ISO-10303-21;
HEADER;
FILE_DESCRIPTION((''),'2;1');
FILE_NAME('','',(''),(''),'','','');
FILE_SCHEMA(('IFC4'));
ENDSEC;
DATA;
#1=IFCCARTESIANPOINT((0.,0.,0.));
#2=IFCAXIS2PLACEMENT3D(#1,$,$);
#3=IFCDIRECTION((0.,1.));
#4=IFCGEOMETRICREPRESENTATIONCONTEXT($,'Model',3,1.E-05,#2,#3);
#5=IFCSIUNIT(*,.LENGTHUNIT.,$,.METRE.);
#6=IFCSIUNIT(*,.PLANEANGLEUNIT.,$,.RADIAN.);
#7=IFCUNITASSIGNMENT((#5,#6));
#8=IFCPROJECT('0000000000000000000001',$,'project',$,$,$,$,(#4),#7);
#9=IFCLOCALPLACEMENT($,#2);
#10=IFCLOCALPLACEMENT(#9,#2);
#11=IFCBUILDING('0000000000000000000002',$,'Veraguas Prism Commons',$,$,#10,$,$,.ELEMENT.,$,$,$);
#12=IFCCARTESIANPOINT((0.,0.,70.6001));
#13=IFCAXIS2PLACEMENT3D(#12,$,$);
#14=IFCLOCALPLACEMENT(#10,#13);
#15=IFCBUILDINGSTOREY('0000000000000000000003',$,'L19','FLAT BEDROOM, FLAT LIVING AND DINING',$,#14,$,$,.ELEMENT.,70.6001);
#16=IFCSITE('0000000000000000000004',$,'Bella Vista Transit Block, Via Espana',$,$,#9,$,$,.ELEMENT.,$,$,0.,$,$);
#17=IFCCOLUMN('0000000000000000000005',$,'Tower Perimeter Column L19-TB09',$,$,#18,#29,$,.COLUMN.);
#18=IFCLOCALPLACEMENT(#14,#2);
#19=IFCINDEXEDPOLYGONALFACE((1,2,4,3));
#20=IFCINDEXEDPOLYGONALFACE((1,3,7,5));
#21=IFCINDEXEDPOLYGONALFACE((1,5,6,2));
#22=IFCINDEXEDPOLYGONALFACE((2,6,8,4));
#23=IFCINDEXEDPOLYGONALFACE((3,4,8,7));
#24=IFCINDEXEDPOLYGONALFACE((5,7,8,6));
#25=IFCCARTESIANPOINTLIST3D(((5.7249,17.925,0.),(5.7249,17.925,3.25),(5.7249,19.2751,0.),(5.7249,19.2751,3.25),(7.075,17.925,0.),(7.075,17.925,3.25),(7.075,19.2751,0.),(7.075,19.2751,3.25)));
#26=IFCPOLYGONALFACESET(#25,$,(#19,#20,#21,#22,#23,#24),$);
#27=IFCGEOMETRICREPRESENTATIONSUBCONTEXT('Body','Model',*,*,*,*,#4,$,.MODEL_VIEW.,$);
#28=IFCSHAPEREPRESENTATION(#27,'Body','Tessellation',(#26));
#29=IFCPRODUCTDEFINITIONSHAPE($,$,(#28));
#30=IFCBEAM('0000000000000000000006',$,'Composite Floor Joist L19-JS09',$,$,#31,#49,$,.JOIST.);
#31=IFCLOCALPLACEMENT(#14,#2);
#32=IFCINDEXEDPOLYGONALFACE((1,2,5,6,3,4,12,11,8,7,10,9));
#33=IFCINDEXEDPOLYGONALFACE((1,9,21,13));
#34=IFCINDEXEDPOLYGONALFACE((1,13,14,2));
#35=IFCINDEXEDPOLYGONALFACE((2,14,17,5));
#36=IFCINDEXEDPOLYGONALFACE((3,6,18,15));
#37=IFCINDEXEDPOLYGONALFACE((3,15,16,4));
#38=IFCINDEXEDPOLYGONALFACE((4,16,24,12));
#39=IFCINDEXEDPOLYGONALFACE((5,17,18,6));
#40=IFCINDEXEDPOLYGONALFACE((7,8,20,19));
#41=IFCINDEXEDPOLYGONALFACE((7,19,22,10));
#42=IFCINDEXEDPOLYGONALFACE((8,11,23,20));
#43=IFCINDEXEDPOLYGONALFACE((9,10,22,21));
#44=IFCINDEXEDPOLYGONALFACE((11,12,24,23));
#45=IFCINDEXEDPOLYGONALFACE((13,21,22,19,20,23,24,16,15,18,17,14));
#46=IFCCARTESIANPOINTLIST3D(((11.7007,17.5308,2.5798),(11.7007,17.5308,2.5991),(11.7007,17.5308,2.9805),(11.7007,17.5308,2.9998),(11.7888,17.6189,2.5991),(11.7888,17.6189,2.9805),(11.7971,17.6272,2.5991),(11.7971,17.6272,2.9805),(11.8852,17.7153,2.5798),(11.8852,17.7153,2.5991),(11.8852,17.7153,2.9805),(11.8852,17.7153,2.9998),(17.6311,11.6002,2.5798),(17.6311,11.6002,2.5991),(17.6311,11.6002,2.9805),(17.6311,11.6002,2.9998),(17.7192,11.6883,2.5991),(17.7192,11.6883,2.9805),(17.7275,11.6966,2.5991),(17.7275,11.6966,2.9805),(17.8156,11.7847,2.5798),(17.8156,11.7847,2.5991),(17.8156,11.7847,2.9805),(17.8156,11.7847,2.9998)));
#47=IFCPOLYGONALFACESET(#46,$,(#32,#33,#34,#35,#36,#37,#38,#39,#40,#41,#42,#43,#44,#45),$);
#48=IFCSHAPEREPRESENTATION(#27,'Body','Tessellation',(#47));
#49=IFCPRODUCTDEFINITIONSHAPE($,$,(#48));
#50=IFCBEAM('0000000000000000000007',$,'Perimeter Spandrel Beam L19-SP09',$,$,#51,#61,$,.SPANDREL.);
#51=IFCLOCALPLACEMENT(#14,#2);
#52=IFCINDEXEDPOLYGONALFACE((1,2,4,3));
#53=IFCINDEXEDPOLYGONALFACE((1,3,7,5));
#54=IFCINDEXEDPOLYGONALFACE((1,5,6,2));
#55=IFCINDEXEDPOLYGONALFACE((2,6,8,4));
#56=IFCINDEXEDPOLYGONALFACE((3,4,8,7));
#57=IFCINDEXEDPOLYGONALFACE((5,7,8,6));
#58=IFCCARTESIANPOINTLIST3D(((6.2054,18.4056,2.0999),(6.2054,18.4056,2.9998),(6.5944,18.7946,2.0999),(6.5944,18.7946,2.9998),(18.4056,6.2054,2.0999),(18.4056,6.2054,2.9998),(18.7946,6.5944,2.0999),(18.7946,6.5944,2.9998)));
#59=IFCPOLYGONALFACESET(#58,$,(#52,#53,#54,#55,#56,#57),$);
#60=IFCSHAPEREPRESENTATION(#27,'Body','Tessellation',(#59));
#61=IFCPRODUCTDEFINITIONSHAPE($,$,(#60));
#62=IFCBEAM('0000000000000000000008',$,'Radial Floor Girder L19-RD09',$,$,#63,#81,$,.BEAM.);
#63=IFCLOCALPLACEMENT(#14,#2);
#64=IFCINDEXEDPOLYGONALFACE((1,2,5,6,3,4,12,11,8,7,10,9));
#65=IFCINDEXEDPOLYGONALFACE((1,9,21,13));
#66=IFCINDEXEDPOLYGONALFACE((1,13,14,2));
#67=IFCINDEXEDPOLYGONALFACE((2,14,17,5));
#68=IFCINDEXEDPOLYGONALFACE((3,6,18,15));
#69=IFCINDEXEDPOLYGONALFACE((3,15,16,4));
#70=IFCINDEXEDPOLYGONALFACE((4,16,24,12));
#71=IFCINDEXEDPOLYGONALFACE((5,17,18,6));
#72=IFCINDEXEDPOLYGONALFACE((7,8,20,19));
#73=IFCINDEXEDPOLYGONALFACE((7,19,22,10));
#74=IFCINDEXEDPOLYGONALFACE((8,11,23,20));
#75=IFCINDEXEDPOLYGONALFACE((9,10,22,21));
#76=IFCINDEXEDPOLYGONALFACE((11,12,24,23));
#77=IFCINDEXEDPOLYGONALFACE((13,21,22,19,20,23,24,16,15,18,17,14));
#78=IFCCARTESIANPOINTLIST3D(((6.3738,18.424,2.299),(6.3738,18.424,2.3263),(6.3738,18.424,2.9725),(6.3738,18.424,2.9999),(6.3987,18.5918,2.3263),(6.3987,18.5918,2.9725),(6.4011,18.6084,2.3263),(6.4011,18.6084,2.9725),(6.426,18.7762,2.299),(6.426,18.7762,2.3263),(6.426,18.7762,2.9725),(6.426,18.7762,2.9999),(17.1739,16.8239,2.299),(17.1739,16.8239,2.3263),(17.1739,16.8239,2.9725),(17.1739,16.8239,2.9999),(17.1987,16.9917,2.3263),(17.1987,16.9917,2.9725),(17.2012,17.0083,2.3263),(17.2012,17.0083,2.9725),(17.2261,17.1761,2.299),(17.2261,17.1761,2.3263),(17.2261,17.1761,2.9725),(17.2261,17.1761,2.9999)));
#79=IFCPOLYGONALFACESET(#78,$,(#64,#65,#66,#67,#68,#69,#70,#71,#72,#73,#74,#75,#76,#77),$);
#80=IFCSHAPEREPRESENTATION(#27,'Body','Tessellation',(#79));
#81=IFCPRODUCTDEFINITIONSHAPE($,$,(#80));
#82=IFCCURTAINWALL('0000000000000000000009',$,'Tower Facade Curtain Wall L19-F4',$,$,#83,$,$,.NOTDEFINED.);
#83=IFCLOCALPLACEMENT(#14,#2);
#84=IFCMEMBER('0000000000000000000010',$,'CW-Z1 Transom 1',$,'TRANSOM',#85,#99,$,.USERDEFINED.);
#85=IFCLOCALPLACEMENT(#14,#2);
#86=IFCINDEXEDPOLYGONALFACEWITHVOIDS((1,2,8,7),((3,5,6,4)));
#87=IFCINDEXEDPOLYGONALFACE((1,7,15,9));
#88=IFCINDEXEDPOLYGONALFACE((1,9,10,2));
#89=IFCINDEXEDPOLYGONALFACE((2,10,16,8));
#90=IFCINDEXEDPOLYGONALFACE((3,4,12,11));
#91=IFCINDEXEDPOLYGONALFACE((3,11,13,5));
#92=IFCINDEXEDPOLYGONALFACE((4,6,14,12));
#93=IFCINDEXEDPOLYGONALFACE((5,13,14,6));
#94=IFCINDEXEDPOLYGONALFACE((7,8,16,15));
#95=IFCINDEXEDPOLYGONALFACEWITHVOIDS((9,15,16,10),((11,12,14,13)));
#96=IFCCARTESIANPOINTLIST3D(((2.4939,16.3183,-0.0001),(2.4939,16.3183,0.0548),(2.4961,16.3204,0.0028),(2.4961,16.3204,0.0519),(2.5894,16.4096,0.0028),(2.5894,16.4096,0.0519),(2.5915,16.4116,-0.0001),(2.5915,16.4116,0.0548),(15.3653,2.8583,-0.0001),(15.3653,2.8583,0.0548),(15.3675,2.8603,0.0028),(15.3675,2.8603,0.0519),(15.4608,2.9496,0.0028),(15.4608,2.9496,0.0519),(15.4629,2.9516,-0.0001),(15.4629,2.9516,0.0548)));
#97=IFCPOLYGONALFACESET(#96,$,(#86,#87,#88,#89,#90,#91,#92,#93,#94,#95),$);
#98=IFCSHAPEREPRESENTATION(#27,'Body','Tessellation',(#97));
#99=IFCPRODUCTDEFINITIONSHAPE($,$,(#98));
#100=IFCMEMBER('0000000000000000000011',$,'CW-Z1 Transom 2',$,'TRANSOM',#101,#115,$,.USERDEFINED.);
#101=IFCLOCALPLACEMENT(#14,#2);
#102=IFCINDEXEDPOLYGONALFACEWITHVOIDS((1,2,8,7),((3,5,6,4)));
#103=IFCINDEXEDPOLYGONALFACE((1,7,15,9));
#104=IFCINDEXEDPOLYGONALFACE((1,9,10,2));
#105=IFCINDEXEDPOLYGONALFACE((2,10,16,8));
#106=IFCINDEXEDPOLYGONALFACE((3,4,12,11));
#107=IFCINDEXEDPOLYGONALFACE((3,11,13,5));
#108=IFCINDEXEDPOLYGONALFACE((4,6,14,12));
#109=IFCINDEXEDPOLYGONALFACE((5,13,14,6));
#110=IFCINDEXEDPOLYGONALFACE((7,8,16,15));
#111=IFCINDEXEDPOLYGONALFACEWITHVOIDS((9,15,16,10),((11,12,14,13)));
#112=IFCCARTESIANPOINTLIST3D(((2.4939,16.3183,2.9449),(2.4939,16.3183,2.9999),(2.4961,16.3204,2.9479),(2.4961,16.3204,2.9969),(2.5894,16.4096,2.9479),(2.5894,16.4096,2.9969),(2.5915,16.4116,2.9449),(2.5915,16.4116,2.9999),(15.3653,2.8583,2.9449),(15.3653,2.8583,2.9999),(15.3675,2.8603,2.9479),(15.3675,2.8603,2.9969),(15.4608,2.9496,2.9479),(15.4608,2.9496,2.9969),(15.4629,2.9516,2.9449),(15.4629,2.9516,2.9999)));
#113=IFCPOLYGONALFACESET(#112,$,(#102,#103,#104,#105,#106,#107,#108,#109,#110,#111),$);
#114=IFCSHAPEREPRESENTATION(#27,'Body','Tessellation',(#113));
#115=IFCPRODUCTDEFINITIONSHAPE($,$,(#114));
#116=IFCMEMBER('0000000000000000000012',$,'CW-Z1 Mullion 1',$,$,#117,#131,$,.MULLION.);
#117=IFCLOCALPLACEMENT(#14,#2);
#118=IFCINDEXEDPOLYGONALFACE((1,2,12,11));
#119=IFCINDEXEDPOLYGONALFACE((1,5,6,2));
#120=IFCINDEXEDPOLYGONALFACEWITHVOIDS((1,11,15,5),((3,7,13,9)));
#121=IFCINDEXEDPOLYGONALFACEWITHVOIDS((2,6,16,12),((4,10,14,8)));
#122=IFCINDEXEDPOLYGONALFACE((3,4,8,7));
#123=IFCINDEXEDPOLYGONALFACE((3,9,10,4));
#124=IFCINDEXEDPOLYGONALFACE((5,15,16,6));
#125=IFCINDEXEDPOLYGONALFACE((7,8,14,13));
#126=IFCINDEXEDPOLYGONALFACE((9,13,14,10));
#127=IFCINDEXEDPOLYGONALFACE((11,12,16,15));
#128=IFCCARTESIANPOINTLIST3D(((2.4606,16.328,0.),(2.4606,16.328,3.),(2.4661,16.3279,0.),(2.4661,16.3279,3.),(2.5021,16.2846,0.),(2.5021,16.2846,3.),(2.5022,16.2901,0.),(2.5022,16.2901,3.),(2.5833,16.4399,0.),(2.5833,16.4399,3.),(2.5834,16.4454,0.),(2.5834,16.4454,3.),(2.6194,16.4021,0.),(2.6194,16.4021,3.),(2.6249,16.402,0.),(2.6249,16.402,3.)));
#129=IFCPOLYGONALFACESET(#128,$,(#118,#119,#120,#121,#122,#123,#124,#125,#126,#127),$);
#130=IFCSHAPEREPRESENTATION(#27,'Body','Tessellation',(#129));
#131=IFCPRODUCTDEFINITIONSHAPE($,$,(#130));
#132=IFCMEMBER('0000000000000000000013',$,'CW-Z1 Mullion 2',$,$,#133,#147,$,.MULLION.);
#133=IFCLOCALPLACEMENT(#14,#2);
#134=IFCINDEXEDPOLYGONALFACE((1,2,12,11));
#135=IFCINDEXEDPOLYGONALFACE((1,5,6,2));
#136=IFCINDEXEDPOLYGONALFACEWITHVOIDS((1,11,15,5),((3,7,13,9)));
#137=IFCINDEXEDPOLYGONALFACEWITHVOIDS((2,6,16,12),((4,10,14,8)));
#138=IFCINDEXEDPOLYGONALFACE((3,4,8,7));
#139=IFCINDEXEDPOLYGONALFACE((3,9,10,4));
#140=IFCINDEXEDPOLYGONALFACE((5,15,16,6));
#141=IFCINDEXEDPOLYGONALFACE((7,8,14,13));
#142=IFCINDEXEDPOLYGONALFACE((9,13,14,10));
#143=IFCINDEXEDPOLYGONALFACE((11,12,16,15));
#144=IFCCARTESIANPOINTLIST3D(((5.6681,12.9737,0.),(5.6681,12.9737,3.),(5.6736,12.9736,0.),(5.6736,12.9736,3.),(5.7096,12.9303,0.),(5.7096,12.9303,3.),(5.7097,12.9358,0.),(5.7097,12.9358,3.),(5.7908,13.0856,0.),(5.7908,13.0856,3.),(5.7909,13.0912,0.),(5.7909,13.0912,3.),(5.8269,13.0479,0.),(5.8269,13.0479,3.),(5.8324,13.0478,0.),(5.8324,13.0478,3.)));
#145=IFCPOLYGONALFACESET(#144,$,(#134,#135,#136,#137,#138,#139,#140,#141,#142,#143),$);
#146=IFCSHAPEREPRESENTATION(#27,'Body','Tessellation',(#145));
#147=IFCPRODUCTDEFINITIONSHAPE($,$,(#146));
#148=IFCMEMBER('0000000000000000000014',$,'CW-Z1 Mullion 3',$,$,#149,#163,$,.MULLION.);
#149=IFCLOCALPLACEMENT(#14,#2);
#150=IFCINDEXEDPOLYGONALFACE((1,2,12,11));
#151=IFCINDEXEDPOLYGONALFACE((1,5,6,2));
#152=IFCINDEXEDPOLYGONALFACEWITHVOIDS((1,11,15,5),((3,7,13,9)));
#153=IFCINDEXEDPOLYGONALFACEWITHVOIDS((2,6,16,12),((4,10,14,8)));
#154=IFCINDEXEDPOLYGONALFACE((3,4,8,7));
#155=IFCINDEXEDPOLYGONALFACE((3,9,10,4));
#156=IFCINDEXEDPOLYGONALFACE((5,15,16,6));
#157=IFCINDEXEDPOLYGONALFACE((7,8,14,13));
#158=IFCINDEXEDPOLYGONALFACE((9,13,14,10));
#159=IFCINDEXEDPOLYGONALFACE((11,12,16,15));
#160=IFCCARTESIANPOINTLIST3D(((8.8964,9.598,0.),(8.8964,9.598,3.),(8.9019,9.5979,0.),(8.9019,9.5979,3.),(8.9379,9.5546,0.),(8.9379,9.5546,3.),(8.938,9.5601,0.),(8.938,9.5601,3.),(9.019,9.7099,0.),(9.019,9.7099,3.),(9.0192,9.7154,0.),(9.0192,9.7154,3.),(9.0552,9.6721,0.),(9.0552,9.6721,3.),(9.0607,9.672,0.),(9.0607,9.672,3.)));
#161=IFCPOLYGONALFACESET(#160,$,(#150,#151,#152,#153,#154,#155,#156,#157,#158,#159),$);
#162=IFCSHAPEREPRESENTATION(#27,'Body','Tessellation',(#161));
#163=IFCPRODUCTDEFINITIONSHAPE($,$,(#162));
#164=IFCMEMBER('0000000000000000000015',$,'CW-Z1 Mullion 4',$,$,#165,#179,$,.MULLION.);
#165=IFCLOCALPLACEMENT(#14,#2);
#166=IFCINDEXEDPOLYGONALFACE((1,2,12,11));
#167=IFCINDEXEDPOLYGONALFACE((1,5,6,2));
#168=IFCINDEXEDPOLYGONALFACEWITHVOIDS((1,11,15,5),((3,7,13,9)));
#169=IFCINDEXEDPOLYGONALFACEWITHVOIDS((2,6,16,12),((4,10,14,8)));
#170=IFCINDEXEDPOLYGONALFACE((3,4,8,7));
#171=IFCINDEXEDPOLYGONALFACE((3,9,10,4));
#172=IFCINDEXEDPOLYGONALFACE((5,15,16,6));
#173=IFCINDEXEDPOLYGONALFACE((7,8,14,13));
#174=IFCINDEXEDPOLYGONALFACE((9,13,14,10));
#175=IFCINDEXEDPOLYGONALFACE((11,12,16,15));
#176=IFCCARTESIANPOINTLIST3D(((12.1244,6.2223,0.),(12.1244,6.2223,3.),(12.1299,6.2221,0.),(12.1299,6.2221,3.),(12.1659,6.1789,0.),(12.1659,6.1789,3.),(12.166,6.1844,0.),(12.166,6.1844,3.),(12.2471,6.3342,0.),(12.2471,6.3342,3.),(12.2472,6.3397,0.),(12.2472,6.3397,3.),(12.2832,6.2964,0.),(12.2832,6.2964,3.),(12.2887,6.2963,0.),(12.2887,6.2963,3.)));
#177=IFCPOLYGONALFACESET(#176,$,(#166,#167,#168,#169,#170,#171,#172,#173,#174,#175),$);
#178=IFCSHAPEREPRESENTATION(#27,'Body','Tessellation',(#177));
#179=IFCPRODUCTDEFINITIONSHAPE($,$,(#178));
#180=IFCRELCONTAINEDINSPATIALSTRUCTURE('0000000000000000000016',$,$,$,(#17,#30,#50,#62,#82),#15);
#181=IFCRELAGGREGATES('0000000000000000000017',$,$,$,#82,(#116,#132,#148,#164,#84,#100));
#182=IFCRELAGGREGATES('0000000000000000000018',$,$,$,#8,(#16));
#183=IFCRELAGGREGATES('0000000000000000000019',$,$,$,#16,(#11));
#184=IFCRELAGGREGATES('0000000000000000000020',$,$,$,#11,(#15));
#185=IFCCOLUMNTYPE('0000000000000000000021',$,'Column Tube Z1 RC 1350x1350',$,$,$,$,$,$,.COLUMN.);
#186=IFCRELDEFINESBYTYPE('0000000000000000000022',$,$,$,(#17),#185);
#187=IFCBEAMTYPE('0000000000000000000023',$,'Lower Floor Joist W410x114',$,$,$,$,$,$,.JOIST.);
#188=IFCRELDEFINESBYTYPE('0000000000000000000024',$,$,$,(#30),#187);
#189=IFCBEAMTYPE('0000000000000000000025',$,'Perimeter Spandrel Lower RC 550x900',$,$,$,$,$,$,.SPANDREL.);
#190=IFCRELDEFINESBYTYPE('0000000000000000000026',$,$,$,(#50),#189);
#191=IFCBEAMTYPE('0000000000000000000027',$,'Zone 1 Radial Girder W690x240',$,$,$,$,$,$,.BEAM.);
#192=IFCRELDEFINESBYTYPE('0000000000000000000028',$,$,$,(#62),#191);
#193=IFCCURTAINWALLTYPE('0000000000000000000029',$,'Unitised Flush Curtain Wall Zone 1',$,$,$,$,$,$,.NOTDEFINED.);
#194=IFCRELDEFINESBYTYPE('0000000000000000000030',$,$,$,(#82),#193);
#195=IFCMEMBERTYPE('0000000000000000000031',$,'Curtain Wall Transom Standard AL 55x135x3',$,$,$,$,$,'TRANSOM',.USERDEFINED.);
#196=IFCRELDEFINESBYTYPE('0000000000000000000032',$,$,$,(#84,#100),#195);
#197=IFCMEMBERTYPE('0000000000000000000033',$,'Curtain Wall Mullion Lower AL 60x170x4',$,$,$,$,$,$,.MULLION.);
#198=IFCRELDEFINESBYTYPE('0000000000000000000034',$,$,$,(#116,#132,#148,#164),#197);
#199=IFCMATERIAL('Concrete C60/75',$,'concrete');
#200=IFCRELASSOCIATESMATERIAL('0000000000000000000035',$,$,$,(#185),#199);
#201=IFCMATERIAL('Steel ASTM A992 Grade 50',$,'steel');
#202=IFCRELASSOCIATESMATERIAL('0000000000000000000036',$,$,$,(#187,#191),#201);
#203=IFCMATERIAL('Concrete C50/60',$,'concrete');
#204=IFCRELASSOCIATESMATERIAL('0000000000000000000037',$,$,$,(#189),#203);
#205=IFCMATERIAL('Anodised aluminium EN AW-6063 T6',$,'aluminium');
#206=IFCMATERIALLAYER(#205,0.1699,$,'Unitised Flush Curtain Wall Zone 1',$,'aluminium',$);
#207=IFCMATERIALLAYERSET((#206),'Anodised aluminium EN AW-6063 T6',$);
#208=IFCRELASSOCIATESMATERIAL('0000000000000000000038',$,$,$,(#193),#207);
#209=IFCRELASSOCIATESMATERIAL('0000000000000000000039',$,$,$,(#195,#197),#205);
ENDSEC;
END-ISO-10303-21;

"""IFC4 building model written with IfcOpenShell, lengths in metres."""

from ifc_helpers import new_model, si_unit, direction, frame, origin, origin_2d, place, context, subcontext, project, spatial, rectangle, hollow_rectangle, i_section, extrude, source, transform, mapped, material, layer, layer_set, material_profile, profile_set, type_object, element, aggregate, save


model = new_model("IFC4")

# Units and contexts
model_context = context("Model", 3, precision=1e-05, world=origin(), true_north=direction((0.0, 1.0)))
body_context = subcontext(model_context, "Body", "Model", "MODEL_VIEW")
ifc_project = project(units=[si_unit("LENGTHUNIT", "METRE"), si_unit("PLANEANGLEUNIT", "RADIAN")], contexts=[model_context])

# Site, building, storey
site_placement = place(None, origin())
site = spatial("IfcSite", under=ifc_project, at=site_placement, Name="Bella Vista Transit Block, Via Espana", CompositionType="ELEMENT", RefElevation=0.0)
building_placement = place(site_placement, origin())
building = spatial("IfcBuilding", under=site, at=building_placement, Name="Veraguas Prism Commons", CompositionType="ELEMENT")
storey_placement = place(building_placement, frame((0.0, 0.0, 70.6001)))
storey = spatial("IfcBuildingStorey", under=building, at=storey_placement, Name="L19", Description="FLAT BEDROOM, FLAT LIVING AND DINING", CompositionType="ELEMENT", Elevation=70.6001)

# Column
ifc_material_1 = material(Name="Concrete C60/75", Category="concrete")
ifc_material_profile_1 = material_profile(ifc_material_1, rectangle(XDim=1.3501, YDim=1.3501, at=origin_2d()), Name="RC1350X1350")
ifc_profile_set_1 = profile_set([ifc_material_profile_1], Name="Concrete C60/75")
column_type = type_object("IfcColumnType", Name="Column Tube Z1 RC 1350x1350", PredefinedType="COLUMN", material=ifc_profile_set_1)
column_placement = place(storey_placement, frame((6.3999, 18.6001, 0.0), z_axis=(0.0, 0.0, 1.0), x_axis=(1.0, 0.0, 0.0)))
element("IfcColumn", 1, at=column_placement, inside=storey, type_object=column_type, Name="Tower Perimeter Column L19-TB09", PredefinedType="COLUMN", context=body_context, shape_type="SweptSolid", body=[
    extrude(rectangle(XDim=1.3501, YDim=1.3501, at=origin_2d()), origin(), (0.0, 0.0, 1.0), 3.25),
])

# Beams
ifc_material_2 = material(Name="Steel ASTM A992 Grade 50", Category="steel")
ifc_material_profile_2 = material_profile(ifc_material_2, i_section(OverallWidth=0.261, OverallDepth=0.4199, WebThickness=0.0117, FlangeThickness=0.0193, at=origin_2d()), Name="W410X114")
ifc_profile_set_2 = profile_set([ifc_material_profile_2], Name="Steel ASTM A992 Grade 50")
beam_type_1 = type_object("IfcBeamType", Name="Lower Floor Joist W410x114", PredefinedType="JOIST", material=ifc_profile_set_2)
beam_1_placement = place(storey_placement, frame((11.793, 17.623, 2.7898), z_axis=(0.707092, -0.707121, 0.0), x_axis=(0.707121, 0.707092, 0.0)))
element("IfcBeam", 2, at=beam_1_placement, inside=storey, type_object=beam_type_1, Name="Composite Floor Joist L19-JS09", PredefinedType="JOIST", context=body_context, shape_type="SweptSolid", body=[
    extrude(i_section(OverallWidth=0.261, OverallDepth=0.4199, WebThickness=0.0117, FlangeThickness=0.0193, at=origin_2d()), origin(), (0.0, 0.0, 1.0), 8.387),
])
ifc_material_3 = material(Name="Concrete C50/60", Category="concrete")
ifc_material_profile_3 = material_profile(ifc_material_3, rectangle(XDim=0.55, YDim=0.8999, at=origin_2d()), Name="RC550X900")
ifc_profile_set_3 = profile_set([ifc_material_profile_3], Name="Concrete C50/60")
beam_type_2 = type_object("IfcBeamType", Name="Perimeter Spandrel Lower RC 550x900", PredefinedType="SPANDREL", material=ifc_profile_set_3)
beam_2_placement = place(storey_placement, frame((6.3999, 18.6001, 2.5498), z_axis=(0.707107, -0.707107, 0.0), x_axis=(0.707107, 0.707107, 0.0)))
element("IfcBeam", 3, at=beam_2_placement, inside=storey, type_object=beam_type_2, Name="Perimeter Spandrel Beam L19-SP09", PredefinedType="SPANDREL", context=body_context, shape_type="SweptSolid", body=[
    extrude(rectangle(XDim=0.55, YDim=0.8999, at=origin_2d()), origin(), (0.0, 0.0, 1.0), 17.2537),
])
ifc_material_profile_4 = material_profile(ifc_material_2, i_section(OverallWidth=0.356, OverallDepth=0.7009, WebThickness=0.0168, FlangeThickness=0.0273, at=origin_2d()), Name="W690X240")
ifc_profile_set_4 = profile_set([ifc_material_profile_4], Name="Steel ASTM A992 Grade 50")
beam_type_3 = type_object("IfcBeamType", Name="Zone 1 Radial Girder W690x240", PredefinedType="BEAM", material=ifc_profile_set_4)
beam_3_placement = place(storey_placement, frame((6.3999, 18.6001, 2.6494), z_axis=(0.989202, -0.146557, 0.0), x_axis=(0.146557, 0.989202, 0.0)))
element("IfcBeam", 4, at=beam_3_placement, inside=storey, type_object=beam_type_3, Name="Radial Floor Girder L19-RD09", PredefinedType="BEAM", context=body_context, shape_type="SweptSolid", body=[
    extrude(i_section(OverallWidth=0.356, OverallDepth=0.7009, WebThickness=0.0168, FlangeThickness=0.0273, at=origin_2d()), origin(), (0.0, 0.0, 1.0), 10.918),
])

# Curtain wall, members
ifc_material_4 = material(Name="Anodised aluminium EN AW-6063 T6", Category="aluminium")
ifc_layer_1 = layer(ifc_material_4, 0.1699, Name="Unitised Flush Curtain Wall Zone 1", Category="aluminium")
ifc_layer_set_1 = layer_set([ifc_layer_1], Name="Anodised aluminium EN AW-6063 T6")
curtain_wall_type = type_object("IfcCurtainWallType", Name="Unitised Flush Curtain Wall Zone 1", PredefinedType="NOTDEFINED", material=ifc_layer_set_1)
curtain_wall_1_placement = place(storey_placement, origin())
curtain_wall_1 = element("IfcCurtainWall", 5, at=curtain_wall_1_placement, inside=storey, type_object=curtain_wall_type, Name="Tower Facade Curtain Wall L19-F4", PredefinedType="NOTDEFINED")
ifc_material_profile_5 = material_profile(ifc_material_4, hollow_rectangle(XDim=0.0549, YDim=0.135, WallThickness=0.0029, at=origin_2d()), Name="AL55X135X3")
ifc_profile_set_5 = profile_set([ifc_material_profile_5], Name="Anodised aluminium EN AW-6063 T6")
member_type_1 = type_object("IfcMemberType", Name="Curtain Wall Transom Standard AL 55x135x3", ElementType="TRANSOM", PredefinedType="USERDEFINED", material=ifc_profile_set_5)
shared_shape_1 = source(origin(), body_context, "Body", "SweptSolid", [
    extrude(hollow_rectangle(XDim=0.0549, YDim=0.135, WallThickness=0.0029, at=origin_2d()), origin(), (0.0, 0.0, 1.0), 18.6238),
])
member_1_placement = place(storey_placement, frame((2.5427, 16.365, 0.0273), z_axis=(0.691127, -0.722733, 0.0), x_axis=(0.0, 0.0, 1.0)))
member_1 = element("IfcMember", 6, at=member_1_placement, type_object=member_type_1, Name="CW-Z1 Transom 1", ObjectType="TRANSOM", PredefinedType="USERDEFINED", context=body_context, shape_type="MappedRepresentation", body=[
    mapped(shared_shape_1, transform((0.0, 0.0, 0.0), scale=1.0)),
])
member_2_placement = place(storey_placement, frame((2.5427, 16.365, 2.9724), z_axis=(0.691127, -0.722733, 0.0), x_axis=(0.0, 0.0, 1.0)))
member_2 = element("IfcMember", 7, at=member_2_placement, type_object=member_type_1, Name="CW-Z1 Transom 2", ObjectType="TRANSOM", PredefinedType="USERDEFINED", context=body_context, shape_type="MappedRepresentation", body=[
    mapped(shared_shape_1, transform((0.0, 0.0, 0.0), scale=1.0)),
])
ifc_material_profile_6 = material_profile(ifc_material_4, hollow_rectangle(XDim=0.0601, YDim=0.1699, WallThickness=0.0039, at=origin_2d()), Name="AL60X170X4")
ifc_profile_set_6 = profile_set([ifc_material_profile_6], Name="Anodised aluminium EN AW-6063 T6")
member_type_2 = type_object("IfcMemberType", Name="Curtain Wall Mullion Lower AL 60x170x4", PredefinedType="MULLION", material=ifc_profile_set_6)
shared_shape_2 = source(origin(), body_context, "Body", "SweptSolid", [
    extrude(hollow_rectangle(XDim=0.0601, YDim=0.1699, WallThickness=0.0039, at=origin_2d()), origin(), (0.0, 0.0, 1.0), 3.0),
])
member_3_placement = place(storey_placement, frame((2.5427, 16.365, 0.0), z_axis=(0.0, 0.0, 1.0), x_axis=(0.691136, -0.722725, 0.0)))
member_3 = element("IfcMember", 8, at=member_3_placement, type_object=member_type_2, Name="CW-Z1 Mullion 1", PredefinedType="MULLION", context=body_context, shape_type="MappedRepresentation", body=[
    mapped(shared_shape_2, transform((0.0, 0.0, 0.0), scale=1.0)),
])
member_4_placement = place(storey_placement, frame((5.7502, 13.0107, 0.0), z_axis=(0.0, 0.0, 1.0), x_axis=(0.691136, -0.722725, 0.0)))
member_4 = element("IfcMember", 9, at=member_4_placement, type_object=member_type_2, Name="CW-Z1 Mullion 2", PredefinedType="MULLION", context=body_context, shape_type="MappedRepresentation", body=[
    mapped(shared_shape_2, transform((0.0, 0.0, 0.0), scale=1.0)),
])
member_5_placement = place(storey_placement, frame((8.9785, 9.635, 0.0), z_axis=(0.0, 0.0, 1.0), x_axis=(0.691136, -0.722725, 0.0)))
member_5 = element("IfcMember", 10, at=member_5_placement, type_object=member_type_2, Name="CW-Z1 Mullion 3", PredefinedType="MULLION", context=body_context, shape_type="MappedRepresentation", body=[
    mapped(shared_shape_2, transform((0.0, 0.0, 0.0), scale=1.0)),
])
member_6_placement = place(storey_placement, frame((12.2065, 6.2593, 0.0), z_axis=(0.0, 0.0, 1.0), x_axis=(0.691136, -0.722725, 0.0)))
member_6 = element("IfcMember", 11, at=member_6_placement, type_object=member_type_2, Name="CW-Z1 Mullion 4", PredefinedType="MULLION", context=body_context, shape_type="MappedRepresentation", body=[
    mapped(shared_shape_2, transform((0.0, 0.0, 0.0), scale=1.0)),
])

aggregate(curtain_wall_1, [member_3, member_4, member_5, member_6, member_1, member_2])

save(model, "model.ifc")
